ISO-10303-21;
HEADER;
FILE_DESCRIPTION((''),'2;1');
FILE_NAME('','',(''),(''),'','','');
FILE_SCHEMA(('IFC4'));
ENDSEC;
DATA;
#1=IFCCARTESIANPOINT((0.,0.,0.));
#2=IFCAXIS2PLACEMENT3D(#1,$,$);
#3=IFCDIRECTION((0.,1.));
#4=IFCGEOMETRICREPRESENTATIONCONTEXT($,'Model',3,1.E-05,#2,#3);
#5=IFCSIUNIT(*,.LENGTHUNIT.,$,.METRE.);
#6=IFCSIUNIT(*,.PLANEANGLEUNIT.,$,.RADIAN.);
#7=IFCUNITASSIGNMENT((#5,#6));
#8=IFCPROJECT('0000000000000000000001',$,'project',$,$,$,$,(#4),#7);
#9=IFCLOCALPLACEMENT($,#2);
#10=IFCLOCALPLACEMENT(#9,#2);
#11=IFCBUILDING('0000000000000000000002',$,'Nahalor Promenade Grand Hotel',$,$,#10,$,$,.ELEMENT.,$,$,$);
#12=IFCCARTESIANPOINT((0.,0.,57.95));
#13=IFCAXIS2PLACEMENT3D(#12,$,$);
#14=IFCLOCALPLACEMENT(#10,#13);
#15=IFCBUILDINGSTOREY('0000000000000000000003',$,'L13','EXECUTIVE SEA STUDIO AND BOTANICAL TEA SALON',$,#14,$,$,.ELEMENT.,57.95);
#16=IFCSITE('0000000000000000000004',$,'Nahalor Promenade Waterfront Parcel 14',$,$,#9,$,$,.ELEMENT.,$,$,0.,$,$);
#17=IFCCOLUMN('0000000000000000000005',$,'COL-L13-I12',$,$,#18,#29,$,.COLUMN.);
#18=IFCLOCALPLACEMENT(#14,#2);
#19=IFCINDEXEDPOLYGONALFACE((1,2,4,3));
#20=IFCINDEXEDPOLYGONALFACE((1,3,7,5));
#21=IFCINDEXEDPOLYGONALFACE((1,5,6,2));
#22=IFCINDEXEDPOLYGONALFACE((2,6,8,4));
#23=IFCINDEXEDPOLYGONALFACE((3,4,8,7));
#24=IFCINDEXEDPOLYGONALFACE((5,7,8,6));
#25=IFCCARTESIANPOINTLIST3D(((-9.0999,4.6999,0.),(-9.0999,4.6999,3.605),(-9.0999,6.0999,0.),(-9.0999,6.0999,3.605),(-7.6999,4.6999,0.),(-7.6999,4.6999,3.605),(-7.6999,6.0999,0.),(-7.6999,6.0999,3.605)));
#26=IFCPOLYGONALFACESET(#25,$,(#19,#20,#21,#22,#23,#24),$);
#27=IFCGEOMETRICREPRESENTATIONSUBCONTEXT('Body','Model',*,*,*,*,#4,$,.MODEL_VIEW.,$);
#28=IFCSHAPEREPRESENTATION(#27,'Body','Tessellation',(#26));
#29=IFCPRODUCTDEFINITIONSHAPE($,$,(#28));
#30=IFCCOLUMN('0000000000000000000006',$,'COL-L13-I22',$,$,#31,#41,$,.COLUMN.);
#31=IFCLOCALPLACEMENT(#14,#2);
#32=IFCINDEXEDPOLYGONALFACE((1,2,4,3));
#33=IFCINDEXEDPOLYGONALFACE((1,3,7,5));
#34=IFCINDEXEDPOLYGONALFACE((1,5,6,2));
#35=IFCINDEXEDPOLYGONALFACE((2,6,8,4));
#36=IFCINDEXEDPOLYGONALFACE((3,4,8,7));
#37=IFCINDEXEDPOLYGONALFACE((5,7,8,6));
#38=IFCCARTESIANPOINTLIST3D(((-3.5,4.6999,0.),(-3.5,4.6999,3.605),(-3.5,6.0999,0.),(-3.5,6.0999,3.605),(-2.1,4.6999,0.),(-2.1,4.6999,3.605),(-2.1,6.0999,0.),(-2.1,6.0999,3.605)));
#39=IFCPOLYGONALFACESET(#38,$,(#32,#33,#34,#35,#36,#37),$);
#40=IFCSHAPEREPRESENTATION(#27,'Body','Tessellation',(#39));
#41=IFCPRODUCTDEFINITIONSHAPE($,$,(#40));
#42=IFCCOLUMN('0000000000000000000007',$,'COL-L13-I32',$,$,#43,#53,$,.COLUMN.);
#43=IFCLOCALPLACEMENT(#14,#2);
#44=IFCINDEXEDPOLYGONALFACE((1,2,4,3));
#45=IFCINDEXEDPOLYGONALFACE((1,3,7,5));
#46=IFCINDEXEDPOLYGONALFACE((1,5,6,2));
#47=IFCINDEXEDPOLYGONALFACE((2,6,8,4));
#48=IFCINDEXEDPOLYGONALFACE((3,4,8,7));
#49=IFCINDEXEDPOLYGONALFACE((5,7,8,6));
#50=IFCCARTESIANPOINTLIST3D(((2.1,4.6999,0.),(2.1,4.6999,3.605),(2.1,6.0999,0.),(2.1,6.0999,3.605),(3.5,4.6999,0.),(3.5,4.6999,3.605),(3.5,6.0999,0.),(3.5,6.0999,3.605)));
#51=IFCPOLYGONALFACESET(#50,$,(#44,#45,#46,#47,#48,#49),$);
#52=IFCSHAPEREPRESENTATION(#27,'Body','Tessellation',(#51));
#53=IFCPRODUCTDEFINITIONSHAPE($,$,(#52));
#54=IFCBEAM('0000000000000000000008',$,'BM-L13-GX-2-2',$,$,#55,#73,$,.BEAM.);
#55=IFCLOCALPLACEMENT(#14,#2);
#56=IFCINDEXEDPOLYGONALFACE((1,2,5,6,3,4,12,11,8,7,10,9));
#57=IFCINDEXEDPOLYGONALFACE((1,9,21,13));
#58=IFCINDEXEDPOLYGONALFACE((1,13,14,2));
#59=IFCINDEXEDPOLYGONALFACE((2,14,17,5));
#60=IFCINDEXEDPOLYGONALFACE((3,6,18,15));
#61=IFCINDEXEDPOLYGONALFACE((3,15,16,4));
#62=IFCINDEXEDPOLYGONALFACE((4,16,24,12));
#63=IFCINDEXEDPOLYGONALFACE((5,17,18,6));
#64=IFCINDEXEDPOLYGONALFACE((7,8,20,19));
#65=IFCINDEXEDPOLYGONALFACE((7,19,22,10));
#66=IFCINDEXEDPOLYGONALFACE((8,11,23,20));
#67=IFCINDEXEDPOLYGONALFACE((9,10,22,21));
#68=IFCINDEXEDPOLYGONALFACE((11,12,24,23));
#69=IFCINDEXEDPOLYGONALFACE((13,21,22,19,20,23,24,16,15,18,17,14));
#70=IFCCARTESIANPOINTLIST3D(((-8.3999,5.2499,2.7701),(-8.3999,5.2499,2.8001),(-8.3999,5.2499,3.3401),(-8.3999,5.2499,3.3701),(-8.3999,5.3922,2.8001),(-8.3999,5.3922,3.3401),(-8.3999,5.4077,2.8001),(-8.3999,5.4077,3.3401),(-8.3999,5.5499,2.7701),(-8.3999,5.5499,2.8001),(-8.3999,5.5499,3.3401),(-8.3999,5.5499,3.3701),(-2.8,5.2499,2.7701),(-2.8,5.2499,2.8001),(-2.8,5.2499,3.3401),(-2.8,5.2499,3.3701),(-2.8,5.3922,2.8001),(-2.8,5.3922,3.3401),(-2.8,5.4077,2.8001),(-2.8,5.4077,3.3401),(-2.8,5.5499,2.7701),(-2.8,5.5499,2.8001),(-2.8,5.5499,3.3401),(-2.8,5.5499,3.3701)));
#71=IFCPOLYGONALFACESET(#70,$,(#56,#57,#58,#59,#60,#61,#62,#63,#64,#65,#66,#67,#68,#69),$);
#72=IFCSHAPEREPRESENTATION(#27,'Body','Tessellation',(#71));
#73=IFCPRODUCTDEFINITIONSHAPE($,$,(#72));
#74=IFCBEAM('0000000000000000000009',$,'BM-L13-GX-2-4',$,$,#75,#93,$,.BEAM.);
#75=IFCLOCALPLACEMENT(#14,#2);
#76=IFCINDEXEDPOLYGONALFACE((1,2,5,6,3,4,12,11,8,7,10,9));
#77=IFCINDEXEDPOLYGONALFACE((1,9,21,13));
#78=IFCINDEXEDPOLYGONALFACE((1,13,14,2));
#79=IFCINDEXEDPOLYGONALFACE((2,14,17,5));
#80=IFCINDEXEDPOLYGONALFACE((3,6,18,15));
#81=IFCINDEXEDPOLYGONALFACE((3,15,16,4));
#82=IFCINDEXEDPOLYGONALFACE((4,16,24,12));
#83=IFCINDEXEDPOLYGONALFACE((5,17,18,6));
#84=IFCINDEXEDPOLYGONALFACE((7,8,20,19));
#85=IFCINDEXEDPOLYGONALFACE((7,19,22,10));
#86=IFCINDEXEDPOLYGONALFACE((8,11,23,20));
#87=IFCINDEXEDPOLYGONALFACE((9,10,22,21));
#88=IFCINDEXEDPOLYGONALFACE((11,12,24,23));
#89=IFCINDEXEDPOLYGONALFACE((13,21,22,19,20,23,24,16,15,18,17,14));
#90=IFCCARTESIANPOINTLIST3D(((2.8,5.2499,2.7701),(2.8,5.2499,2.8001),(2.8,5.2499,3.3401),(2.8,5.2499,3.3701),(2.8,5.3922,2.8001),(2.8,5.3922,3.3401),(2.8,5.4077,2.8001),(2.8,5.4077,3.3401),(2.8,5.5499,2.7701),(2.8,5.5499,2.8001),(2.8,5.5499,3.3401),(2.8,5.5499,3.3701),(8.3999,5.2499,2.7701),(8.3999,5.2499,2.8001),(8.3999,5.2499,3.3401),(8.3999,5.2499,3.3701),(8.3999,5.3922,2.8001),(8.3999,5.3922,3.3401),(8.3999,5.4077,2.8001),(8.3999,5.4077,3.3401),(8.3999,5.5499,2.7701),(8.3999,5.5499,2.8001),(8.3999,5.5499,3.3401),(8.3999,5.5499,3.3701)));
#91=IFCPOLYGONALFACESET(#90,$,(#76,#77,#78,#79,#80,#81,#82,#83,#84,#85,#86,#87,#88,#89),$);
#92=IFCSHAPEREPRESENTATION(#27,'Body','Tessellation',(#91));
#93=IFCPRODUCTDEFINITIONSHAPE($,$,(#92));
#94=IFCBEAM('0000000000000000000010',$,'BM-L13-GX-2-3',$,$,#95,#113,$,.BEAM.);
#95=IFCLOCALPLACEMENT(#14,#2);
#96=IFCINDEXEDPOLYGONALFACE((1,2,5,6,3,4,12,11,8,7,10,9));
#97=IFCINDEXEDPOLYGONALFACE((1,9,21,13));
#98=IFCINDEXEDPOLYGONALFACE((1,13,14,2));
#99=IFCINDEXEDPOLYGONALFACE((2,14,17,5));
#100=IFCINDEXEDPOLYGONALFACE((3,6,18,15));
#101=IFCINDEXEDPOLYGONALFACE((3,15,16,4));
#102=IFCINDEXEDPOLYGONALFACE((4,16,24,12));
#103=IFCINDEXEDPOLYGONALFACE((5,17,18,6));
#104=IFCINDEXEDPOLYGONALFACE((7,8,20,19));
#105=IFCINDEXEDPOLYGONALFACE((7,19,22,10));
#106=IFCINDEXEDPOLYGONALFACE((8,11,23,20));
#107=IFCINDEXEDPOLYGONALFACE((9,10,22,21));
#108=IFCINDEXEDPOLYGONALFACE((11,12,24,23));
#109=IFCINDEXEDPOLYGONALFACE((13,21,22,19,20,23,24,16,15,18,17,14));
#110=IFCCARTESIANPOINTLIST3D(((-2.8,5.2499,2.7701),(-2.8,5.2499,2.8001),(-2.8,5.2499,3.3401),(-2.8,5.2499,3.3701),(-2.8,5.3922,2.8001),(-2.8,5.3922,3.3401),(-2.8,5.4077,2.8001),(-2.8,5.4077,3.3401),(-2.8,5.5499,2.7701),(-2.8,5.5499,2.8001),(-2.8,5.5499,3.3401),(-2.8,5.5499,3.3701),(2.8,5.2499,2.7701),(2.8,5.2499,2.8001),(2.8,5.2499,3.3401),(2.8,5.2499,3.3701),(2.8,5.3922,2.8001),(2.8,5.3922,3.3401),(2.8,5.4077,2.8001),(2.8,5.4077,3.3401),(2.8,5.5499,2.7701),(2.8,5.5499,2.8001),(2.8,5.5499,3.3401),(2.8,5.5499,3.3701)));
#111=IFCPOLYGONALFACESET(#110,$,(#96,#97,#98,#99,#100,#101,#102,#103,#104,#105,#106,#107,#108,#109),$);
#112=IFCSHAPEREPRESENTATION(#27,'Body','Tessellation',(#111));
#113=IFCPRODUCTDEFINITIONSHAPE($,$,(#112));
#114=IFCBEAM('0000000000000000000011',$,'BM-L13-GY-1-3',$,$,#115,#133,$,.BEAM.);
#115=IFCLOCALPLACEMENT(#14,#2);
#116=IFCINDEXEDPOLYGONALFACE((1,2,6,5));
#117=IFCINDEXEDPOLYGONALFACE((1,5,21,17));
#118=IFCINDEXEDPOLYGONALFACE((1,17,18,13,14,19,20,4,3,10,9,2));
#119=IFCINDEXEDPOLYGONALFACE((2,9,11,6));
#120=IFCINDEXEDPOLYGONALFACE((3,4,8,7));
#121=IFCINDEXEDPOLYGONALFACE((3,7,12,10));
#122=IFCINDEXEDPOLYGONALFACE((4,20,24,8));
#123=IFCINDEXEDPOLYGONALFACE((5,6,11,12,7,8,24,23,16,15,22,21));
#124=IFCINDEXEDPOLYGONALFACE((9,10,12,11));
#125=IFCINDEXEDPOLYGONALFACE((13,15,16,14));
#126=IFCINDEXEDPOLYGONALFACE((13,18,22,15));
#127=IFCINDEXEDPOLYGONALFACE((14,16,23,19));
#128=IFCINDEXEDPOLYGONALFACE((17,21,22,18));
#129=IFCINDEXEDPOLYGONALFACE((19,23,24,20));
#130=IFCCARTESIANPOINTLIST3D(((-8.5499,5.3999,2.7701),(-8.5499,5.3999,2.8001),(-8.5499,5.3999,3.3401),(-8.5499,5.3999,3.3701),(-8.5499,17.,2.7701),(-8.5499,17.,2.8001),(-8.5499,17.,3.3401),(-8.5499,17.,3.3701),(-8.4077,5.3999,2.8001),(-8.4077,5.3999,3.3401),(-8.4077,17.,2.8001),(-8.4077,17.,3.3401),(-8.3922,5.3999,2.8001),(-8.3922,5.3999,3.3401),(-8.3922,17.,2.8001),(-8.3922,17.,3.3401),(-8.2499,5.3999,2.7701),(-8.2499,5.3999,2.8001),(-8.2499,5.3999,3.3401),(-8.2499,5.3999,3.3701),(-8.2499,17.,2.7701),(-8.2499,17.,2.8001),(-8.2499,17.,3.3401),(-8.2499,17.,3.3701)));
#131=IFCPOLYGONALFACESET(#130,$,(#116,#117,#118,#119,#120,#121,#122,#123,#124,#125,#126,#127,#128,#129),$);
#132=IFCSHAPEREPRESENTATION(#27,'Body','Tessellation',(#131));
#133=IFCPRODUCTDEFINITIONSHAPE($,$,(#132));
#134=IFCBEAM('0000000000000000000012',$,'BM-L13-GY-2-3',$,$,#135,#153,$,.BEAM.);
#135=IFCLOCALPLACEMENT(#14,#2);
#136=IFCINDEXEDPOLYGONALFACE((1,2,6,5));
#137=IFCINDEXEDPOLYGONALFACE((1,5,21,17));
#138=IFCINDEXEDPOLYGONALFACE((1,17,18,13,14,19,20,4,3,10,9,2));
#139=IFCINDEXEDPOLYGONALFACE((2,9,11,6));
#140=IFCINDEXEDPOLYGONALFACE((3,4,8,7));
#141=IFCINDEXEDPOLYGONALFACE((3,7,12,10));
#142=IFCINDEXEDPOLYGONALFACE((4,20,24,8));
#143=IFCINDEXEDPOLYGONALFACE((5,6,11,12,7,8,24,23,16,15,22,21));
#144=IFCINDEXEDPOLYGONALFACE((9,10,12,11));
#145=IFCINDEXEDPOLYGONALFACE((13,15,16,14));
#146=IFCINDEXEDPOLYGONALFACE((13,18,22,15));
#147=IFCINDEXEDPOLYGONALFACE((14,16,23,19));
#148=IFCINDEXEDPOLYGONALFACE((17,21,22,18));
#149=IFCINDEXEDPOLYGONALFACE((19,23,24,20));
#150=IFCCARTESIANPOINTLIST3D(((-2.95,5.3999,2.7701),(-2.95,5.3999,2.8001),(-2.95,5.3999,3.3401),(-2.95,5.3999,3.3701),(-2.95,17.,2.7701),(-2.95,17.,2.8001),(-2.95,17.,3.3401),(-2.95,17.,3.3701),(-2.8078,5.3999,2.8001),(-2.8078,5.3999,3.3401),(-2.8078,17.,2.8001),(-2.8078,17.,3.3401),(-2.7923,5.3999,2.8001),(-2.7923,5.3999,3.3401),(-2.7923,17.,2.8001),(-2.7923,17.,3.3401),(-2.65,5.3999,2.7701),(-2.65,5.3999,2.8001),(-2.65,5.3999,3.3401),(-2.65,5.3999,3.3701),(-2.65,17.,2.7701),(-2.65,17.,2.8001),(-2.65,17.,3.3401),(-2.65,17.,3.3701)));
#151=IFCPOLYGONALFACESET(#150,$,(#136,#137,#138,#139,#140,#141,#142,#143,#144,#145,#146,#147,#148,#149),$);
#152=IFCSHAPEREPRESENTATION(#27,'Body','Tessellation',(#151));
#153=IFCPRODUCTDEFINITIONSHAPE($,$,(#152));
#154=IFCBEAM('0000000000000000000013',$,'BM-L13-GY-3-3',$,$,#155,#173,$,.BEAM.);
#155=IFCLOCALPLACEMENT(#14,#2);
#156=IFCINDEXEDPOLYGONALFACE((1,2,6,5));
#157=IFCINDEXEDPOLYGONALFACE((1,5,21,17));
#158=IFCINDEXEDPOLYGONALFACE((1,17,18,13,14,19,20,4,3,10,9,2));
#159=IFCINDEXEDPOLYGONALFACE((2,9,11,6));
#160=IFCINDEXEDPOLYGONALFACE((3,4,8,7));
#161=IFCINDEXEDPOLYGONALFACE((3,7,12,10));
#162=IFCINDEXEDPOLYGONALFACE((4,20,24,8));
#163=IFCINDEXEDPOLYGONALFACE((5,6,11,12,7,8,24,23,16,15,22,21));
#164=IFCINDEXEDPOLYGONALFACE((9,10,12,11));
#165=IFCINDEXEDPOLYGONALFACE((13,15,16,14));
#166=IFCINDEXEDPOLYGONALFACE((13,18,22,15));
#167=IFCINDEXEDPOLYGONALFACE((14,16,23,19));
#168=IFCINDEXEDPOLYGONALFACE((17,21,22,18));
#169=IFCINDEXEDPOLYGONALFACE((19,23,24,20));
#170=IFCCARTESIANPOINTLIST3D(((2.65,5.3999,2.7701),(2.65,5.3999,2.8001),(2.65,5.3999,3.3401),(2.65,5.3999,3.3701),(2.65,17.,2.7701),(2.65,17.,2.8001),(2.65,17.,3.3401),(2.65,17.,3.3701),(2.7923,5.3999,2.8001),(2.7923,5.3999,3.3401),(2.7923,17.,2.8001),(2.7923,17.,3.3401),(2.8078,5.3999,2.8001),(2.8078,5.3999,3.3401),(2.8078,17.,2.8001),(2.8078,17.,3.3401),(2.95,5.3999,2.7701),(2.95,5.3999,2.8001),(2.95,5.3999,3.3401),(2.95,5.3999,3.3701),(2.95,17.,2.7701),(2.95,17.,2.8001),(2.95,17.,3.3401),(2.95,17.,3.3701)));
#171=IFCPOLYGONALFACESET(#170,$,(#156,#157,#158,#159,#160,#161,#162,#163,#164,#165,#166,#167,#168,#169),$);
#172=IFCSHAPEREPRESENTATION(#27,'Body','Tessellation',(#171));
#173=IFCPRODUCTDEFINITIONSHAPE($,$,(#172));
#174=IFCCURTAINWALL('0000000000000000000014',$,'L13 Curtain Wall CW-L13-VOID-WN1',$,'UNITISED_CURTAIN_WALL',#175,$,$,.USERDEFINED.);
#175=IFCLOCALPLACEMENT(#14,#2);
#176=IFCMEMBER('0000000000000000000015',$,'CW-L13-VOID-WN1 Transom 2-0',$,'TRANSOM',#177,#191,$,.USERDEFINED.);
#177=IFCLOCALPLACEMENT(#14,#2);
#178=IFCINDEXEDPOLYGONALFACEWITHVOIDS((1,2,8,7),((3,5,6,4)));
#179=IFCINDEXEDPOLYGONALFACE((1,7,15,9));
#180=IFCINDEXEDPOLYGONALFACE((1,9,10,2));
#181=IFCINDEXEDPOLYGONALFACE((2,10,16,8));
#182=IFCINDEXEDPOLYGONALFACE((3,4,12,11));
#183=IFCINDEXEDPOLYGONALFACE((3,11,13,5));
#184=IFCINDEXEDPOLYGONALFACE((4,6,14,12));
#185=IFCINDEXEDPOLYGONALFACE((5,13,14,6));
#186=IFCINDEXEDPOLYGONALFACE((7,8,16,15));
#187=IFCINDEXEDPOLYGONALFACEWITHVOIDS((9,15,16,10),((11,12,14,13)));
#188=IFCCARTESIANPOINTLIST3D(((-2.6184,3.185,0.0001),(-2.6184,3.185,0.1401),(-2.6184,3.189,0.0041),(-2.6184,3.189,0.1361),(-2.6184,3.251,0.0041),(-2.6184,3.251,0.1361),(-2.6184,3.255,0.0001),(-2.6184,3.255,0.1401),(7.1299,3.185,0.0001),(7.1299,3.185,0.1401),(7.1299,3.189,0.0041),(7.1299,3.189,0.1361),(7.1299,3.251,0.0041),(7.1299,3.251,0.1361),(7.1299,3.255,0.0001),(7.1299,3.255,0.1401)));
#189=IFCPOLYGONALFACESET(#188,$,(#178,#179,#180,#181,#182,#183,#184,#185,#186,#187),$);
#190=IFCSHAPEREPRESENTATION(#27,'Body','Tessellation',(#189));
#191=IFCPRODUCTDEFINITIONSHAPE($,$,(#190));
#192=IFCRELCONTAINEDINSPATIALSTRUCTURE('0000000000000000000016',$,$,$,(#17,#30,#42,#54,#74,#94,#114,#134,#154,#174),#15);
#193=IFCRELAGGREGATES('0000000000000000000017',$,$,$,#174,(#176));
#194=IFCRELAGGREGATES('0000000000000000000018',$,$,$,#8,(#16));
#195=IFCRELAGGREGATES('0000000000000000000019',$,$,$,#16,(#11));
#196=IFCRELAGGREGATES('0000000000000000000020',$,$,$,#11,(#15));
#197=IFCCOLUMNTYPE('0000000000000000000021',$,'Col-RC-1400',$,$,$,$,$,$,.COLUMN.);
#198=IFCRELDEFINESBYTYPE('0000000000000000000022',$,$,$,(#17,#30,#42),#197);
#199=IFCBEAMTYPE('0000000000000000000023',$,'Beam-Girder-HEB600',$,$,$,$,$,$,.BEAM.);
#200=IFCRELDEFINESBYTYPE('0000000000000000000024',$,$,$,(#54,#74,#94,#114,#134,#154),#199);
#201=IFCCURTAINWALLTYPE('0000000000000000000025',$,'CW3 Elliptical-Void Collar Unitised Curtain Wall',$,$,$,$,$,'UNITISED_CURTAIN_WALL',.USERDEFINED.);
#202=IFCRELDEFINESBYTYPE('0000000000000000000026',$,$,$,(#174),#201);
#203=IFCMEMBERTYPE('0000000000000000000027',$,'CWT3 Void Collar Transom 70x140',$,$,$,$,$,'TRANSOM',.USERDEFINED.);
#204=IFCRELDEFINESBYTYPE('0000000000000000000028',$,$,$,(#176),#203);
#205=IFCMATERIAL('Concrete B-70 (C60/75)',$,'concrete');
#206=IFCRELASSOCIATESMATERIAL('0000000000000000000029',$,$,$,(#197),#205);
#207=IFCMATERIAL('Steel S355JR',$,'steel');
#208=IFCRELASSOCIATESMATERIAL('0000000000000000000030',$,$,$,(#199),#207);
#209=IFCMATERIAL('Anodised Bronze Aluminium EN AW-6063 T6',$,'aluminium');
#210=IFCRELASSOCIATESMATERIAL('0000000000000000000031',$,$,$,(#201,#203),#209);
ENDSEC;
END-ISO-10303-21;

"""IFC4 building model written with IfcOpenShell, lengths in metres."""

from ifc_helpers import new_model, si_unit, direction, frame, origin, origin_2d, place, context, subcontext, project, spatial, rectangle, hollow_rectangle, i_section, extrude, source, transform, mapped, material, material_profile, profile_set, type_object, element, aggregate, save


model = new_model("IFC4")

# Units and contexts
model_context = context("Model", 3, precision=1e-05, world=origin(), true_north=direction((0.0, 1.0)))
body_context = subcontext(model_context, "Body", "Model", "MODEL_VIEW")
ifc_project = project(units=[si_unit("LENGTHUNIT", "METRE"), si_unit("PLANEANGLEUNIT", "RADIAN")], contexts=[model_context])

# Site, building, storey
site_placement = place(None, origin())
site = spatial("IfcSite", under=ifc_project, at=site_placement, Name="Nahalor Promenade Waterfront Parcel 14", CompositionType="ELEMENT", RefElevation=0.0)
building_placement = place(site_placement, origin())
building = spatial("IfcBuilding", under=site, at=building_placement, Name="Nahalor Promenade Grand Hotel", CompositionType="ELEMENT")
storey_placement = place(building_placement, frame((0.0, 0.0, 57.95)))
storey = spatial("IfcBuildingStorey", under=building, at=storey_placement, Name="L13", Description="EXECUTIVE SEA STUDIO AND BOTANICAL TEA SALON", CompositionType="ELEMENT", Elevation=57.95)

# Columns
ifc_material_1 = material(Name="Concrete B-70 (C60/75)", Category="concrete")
ifc_material_profile_1 = material_profile(ifc_material_1, rectangle(XDim=1.4, YDim=1.4, at=origin_2d()), Name="RC 1400x1400")
ifc_profile_set_1 = profile_set([ifc_material_profile_1], Name="Concrete B-70 (C60/75)")
column_type = type_object("IfcColumnType", Name="Col-RC-1400", PredefinedType="COLUMN", material=ifc_profile_set_1)
shared_shape_1 = source(origin(), body_context, "Body", "SweptSolid", [
    extrude(rectangle(XDim=1.4, YDim=1.4, at=origin_2d()), origin(), (0.0, 0.0, 1.0), 3.605),
])
for number, where, z_axis, x_axis, name in (
    (1, (-8.3999, 5.3999, 0.0), (0.0, 0.0, 1.0), (1.0, 0.0, 0.0), "COL-L13-I12"),
    (2, (-2.8, 5.3999, 0.0), (0.0, 0.0, 1.0), (1.0, 0.0, 0.0), "COL-L13-I22"),
    (3, (2.8, 5.3999, 0.0), (0.0, 0.0, 1.0), (1.0, 0.0, 0.0), "COL-L13-I32"),
):
    element("IfcColumn", number, at=place(storey_placement, frame(where, z_axis=z_axis, x_axis=x_axis)), inside=storey, type_object=column_type, Name=name, PredefinedType="COLUMN", context=body_context, shape_type="MappedRepresentation", body=[
        mapped(shared_shape_1, transform((0.0, 0.0, 0.0), scale=1.0)),
    ])

# Beams
ifc_material_2 = material(Name="Steel S355JR", Category="steel")
ifc_material_profile_2 = material_profile(ifc_material_2, i_section(OverallWidth=0.3, OverallDepth=0.6, WebThickness=0.0155, FlangeThickness=0.03, at=origin_2d()), Name="HEB 600")
ifc_profile_set_2 = profile_set([ifc_material_profile_2], Name="Steel S355JR")
beam_type = type_object("IfcBeamType", Name="Beam-Girder-HEB600", PredefinedType="BEAM", material=ifc_profile_set_2)
shared_shape_2 = source(origin(), body_context, "Body", "SweptSolid", [
    extrude(i_section(OverallWidth=0.3, OverallDepth=0.6, WebThickness=0.0155, FlangeThickness=0.03, at=origin_2d()), origin(), (0.0, 0.0, 1.0), 5.5999),
])
for number, where, z_axis, x_axis, name in (
    (4, (-8.3999, 5.3999, 3.0701), (1.0, 0.0, 0.0), (0.0, 1.0, 0.0), "BM-L13-GX-2-2"),
    (5, (2.8, 5.3999, 3.0701), (1.0, 0.0, 0.0), (0.0, 1.0, 0.0), "BM-L13-GX-2-4"),
):
    element("IfcBeam", number, at=place(storey_placement, frame(where, z_axis=z_axis, x_axis=x_axis)), inside=storey, type_object=beam_type, Name=name, PredefinedType="BEAM", context=body_context, shape_type="MappedRepresentation", body=[
        mapped(shared_shape_2, transform((0.0, 0.0, 0.0), scale=1.0)),
    ])
shared_shape_3 = source(origin(), body_context, "Body", "SweptSolid", [
    extrude(i_section(OverallWidth=0.3, OverallDepth=0.6, WebThickness=0.0155, FlangeThickness=0.03, at=origin_2d()), origin(), (0.0, 0.0, 1.0), 5.6001),
])
beam_placement = place(storey_placement, frame((-2.8, 5.3999, 3.0701), z_axis=(1.0, 0.0, 0.0), x_axis=(0.0, 1.0, 0.0)))
element("IfcBeam", 6, at=beam_placement, inside=storey, type_object=beam_type, Name="BM-L13-GX-2-3", PredefinedType="BEAM", context=body_context, shape_type="MappedRepresentation", body=[
    mapped(shared_shape_3, transform((0.0, 0.0, 0.0), scale=1.0)),
])
shared_shape_4 = source(origin(), body_context, "Body", "SweptSolid", [
    extrude(i_section(OverallWidth=0.3, OverallDepth=0.6, WebThickness=0.0155, FlangeThickness=0.03, at=origin_2d()), origin(), (0.0, 0.0, 1.0), 11.6001),
])
for number, where, z_axis, x_axis, name in (
    (7, (-8.3999, 5.3999, 3.0701), (0.0, 1.0, 0.0), (-1.0, 0.0, 0.0), "BM-L13-GY-1-3"),
    (8, (-2.8, 5.3999, 3.0701), (0.0, 1.0, 0.0), (-1.0, 0.0, 0.0), "BM-L13-GY-2-3"),
    (9, (2.8, 5.3999, 3.0701), (0.0, 1.0, 0.0), (-1.0, 0.0, 0.0), "BM-L13-GY-3-3"),
):
    element("IfcBeam", number, at=place(storey_placement, frame(where, z_axis=z_axis, x_axis=x_axis)), inside=storey, type_object=beam_type, Name=name, PredefinedType="BEAM", context=body_context, shape_type="MappedRepresentation", body=[
        mapped(shared_shape_4, transform((0.0, 0.0, 0.0), scale=1.0)),
    ])

# Curtain wall, member
ifc_material_3 = material(Name="Anodised Bronze Aluminium EN AW-6063 T6", Category="aluminium")
curtain_wall_type = type_object("IfcCurtainWallType", Name="CW3 Elliptical-Void Collar Unitised Curtain Wall", ElementType="UNITISED_CURTAIN_WALL", PredefinedType="USERDEFINED", material=ifc_material_3)
curtain_wall_placement = place(storey_placement, origin())
curtain_wall = element("IfcCurtainWall", 10, at=curtain_wall_placement, inside=storey, type_object=curtain_wall_type, Name="L13 Curtain Wall CW-L13-VOID-WN1", ObjectType="UNITISED_CURTAIN_WALL", PredefinedType="USERDEFINED")
ifc_material_profile_3 = material_profile(ifc_material_3, hollow_rectangle(XDim=0.07, YDim=0.14, WallThickness=0.004, at=origin_2d()), Name="CWT 70x140x4")
ifc_profile_set_3 = profile_set([ifc_material_profile_3], Name="Anodised Bronze Aluminium EN AW-6063 T6")
member_type_1 = type_object("IfcMemberType", Name="CWT3 Void Collar Transom 70x140", ElementType="TRANSOM", PredefinedType="USERDEFINED", material=ifc_profile_set_3)
shared_shape_5 = source(origin(), body_context, "Body", "SweptSolid", [
    extrude(hollow_rectangle(XDim=0.07, YDim=0.14, WallThickness=0.004, at=origin_2d()), origin(), (0.0, 0.0, 1.0), 9.7483),
])
member_1_placement = place(storey_placement, frame((-2.6184, 3.22, 0.0701), z_axis=(1.0, 0.0, 0.0), x_axis=(0.0, 1.0, 0.0)))
member_1 = element("IfcMember", 11, at=member_1_placement, type_object=member_type_1, Name="CW-L13-VOID-WN1 Transom 2-0", ObjectType="TRANSOM", PredefinedType="USERDEFINED", context=body_context, shape_type="MappedRepresentation", body=[
    mapped(shared_shape_5, transform((0.0, 0.0, 0.0), scale=1.0)),
])

aggregate(curtain_wall, [member_1])

save(model, "model.ifc")
